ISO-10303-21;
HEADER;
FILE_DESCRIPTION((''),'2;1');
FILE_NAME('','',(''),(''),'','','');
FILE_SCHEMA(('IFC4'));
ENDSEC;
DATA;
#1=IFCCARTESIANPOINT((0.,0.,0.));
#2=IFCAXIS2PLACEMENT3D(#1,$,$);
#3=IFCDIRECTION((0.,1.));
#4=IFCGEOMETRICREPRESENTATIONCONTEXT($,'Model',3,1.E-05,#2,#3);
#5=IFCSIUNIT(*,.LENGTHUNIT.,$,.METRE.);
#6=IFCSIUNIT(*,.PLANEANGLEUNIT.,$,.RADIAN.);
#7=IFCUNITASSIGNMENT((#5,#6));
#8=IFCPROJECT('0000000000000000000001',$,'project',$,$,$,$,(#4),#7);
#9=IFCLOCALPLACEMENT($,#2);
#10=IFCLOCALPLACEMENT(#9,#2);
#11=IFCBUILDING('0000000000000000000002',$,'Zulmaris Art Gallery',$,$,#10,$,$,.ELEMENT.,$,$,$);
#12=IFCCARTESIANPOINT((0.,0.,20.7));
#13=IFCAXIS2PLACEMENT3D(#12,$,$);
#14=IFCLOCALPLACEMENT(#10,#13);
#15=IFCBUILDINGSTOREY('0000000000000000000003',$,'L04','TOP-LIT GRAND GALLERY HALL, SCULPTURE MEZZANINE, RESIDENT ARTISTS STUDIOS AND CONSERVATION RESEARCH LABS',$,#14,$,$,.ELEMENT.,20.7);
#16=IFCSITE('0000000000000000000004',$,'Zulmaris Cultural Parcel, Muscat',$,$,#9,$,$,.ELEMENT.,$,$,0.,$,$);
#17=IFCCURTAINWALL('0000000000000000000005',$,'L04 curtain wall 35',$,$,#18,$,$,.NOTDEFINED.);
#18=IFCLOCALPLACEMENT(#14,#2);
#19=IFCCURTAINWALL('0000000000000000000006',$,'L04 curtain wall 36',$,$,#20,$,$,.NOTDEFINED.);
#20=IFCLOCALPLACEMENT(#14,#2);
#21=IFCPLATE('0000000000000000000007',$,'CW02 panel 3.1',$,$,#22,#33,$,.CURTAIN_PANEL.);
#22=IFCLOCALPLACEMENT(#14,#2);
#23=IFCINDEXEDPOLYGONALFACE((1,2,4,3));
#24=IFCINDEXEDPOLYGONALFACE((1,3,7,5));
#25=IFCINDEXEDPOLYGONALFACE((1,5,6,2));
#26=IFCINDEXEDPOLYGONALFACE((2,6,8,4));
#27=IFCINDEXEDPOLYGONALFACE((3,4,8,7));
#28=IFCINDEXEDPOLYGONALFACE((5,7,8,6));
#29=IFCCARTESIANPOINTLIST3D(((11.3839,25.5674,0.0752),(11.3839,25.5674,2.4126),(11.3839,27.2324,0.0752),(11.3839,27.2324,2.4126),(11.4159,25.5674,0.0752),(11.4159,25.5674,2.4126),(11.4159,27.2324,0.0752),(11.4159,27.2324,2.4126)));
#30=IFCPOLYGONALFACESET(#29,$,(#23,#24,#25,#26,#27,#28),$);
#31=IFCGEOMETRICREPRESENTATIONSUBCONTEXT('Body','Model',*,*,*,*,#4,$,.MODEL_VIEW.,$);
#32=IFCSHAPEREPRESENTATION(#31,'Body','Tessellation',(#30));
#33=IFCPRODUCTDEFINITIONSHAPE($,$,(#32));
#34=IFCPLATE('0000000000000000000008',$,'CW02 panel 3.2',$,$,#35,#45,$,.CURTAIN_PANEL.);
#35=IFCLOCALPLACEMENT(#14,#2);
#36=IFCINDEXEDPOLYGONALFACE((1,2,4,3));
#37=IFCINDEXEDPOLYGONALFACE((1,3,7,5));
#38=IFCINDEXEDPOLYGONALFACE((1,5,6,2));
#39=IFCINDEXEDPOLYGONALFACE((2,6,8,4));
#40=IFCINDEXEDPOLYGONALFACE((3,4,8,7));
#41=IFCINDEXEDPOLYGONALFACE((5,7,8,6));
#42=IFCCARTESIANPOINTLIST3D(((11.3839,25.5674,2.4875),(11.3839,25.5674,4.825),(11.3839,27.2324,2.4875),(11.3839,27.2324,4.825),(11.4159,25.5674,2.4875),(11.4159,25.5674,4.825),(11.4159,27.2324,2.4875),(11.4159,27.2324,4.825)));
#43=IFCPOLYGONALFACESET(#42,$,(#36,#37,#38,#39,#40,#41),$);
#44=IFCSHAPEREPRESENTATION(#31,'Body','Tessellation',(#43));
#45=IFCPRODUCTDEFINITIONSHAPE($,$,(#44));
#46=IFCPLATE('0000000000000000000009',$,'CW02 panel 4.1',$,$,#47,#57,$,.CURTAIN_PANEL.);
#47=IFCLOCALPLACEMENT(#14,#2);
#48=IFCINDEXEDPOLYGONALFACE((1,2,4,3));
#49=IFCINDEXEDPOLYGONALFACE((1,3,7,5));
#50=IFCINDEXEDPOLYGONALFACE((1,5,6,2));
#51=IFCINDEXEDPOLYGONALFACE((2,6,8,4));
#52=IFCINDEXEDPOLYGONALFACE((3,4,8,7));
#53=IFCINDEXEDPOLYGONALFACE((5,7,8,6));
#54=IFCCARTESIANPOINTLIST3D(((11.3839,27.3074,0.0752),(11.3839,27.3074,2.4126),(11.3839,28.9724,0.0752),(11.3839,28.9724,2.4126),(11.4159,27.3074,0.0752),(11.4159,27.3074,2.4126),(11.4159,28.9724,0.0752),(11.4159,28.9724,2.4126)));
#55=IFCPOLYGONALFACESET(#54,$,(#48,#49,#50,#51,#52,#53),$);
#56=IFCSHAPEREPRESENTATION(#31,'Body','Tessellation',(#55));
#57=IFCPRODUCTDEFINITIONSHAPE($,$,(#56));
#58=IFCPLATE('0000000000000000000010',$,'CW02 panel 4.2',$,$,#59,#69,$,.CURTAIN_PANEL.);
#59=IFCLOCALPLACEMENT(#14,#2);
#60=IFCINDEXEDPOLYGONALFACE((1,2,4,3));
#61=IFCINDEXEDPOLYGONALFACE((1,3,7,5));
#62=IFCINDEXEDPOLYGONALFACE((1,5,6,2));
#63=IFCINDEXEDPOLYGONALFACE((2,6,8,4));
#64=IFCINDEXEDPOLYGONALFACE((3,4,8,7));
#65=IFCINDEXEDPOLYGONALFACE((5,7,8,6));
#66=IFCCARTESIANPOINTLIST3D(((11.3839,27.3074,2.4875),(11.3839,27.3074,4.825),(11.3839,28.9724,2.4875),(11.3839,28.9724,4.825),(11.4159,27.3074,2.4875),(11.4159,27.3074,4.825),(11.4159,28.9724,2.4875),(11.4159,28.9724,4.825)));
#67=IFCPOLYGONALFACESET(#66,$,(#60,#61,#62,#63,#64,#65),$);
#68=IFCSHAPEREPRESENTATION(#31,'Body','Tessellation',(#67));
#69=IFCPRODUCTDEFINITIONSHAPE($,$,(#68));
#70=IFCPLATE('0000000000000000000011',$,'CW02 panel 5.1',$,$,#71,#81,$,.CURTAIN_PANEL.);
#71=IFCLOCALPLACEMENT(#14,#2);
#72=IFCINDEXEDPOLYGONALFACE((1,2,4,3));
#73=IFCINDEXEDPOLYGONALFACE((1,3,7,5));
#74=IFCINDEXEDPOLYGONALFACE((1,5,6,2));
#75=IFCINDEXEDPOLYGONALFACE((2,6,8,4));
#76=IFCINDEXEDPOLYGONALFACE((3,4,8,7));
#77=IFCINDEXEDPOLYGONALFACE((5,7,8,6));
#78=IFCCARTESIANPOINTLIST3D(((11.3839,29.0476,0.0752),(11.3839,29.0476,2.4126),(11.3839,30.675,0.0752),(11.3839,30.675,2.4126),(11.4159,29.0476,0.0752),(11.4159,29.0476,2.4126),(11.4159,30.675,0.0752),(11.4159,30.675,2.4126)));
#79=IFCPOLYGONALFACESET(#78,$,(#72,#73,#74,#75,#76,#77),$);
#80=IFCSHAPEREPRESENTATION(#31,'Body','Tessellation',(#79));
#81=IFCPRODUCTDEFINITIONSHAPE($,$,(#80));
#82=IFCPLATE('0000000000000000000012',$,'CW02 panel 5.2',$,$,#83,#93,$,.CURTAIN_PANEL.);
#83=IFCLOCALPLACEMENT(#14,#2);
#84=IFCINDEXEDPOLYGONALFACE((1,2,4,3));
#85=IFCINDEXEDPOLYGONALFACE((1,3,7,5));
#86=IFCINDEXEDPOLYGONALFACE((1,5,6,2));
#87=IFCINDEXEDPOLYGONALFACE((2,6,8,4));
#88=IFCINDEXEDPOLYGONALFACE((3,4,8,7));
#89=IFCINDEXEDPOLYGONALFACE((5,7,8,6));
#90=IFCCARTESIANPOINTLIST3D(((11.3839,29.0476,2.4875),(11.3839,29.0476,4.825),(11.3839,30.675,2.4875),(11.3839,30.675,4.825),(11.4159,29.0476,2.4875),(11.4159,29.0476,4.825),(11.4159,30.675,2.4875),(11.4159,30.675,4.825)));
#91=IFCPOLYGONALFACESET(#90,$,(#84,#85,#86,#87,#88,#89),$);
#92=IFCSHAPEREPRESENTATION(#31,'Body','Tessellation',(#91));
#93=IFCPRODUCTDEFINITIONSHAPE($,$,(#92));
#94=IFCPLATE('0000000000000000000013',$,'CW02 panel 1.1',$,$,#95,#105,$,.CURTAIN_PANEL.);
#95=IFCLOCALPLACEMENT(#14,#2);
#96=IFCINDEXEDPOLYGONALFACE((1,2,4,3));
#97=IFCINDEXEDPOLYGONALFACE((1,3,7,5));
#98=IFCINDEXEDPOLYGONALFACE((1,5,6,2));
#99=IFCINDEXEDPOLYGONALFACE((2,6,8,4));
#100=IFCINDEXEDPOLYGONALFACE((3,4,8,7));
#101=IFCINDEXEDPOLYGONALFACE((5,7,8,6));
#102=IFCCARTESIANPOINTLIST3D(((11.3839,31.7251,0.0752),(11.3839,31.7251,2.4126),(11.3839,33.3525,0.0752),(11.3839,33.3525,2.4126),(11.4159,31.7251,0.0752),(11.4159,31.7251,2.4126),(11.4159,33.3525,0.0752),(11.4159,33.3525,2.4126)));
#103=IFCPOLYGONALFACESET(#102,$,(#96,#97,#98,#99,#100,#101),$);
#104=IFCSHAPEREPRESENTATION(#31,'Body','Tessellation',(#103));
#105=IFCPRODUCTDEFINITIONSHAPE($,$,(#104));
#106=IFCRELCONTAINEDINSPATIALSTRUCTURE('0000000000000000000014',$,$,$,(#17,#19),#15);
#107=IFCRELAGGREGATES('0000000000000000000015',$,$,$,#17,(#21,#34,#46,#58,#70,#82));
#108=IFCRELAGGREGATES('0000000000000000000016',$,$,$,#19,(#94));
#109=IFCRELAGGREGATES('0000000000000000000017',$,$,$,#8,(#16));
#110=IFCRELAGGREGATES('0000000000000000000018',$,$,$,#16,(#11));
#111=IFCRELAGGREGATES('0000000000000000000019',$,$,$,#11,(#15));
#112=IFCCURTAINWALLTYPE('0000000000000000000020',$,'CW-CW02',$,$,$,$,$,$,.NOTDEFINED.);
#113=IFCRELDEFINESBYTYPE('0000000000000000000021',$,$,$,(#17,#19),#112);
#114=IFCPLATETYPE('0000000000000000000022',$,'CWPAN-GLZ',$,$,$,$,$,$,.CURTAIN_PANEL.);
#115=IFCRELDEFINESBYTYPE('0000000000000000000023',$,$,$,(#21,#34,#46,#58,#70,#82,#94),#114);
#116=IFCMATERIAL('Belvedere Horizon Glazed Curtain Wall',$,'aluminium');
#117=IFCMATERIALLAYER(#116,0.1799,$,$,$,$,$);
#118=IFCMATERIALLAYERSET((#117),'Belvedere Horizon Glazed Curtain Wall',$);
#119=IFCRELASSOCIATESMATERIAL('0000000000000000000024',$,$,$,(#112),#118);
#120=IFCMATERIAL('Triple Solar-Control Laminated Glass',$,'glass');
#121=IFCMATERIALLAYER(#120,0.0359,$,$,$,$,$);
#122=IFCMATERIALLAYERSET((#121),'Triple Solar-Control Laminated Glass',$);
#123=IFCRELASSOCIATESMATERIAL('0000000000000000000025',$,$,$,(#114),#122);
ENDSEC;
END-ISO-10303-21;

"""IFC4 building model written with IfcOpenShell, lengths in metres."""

from ifc_helpers import new_model, si_unit, direction, frame, origin, origin_2d, place, context, subcontext, project, spatial, rectangle, extrude, material, layer, layer_set, type_object, element, aggregate, save


model = new_model("IFC4")

# Units and contexts
model_context = context("Model", 3, precision=1e-05, world=origin(), true_north=direction((0.0, 1.0)))
body_context = subcontext(model_context, "Body", "Model", "MODEL_VIEW")
ifc_project = project(units=[si_unit("LENGTHUNIT", "METRE"), si_unit("PLANEANGLEUNIT", "RADIAN")], contexts=[model_context])

# Site, building, storey
site_placement = place(None, origin())
site = spatial("IfcSite", under=ifc_project, at=site_placement, Name="Zulmaris Cultural Parcel, Muscat", CompositionType="ELEMENT", RefElevation=0.0)
building_placement = place(site_placement, origin())
building = spatial("IfcBuilding", under=site, at=building_placement, Name="Zulmaris Art Gallery", CompositionType="ELEMENT")
storey_placement = place(building_placement, frame((0.0, 0.0, 20.7)))
storey = spatial("IfcBuildingStorey", under=building, at=storey_placement, Name="L04", Description="TOP-LIT GRAND GALLERY HALL, SCULPTURE MEZZANINE, RESIDENT ARTISTS STUDIOS AND CONSERVATION RESEARCH LABS", CompositionType="ELEMENT", Elevation=20.7)

# Curtain wall
ifc_material_1 = material(Name="Belvedere Horizon Glazed Curtain Wall", Category="aluminium")
ifc_layer_1 = layer(ifc_material_1, 0.1799)
ifc_layer_set_1 = layer_set([ifc_layer_1], Name="Belvedere Horizon Glazed Curtain Wall")
curtain_wall_type = type_object("IfcCurtainWallType", Name="CW-CW02", PredefinedType="NOTDEFINED", material=ifc_layer_set_1)
curtain_wall_1_placement = place(storey_placement, origin())
curtain_wall_1 = element("IfcCurtainWall", 1, at=curtain_wall_1_placement, inside=storey, type_object=curtain_wall_type, Name="L04 curtain wall 35", PredefinedType="NOTDEFINED")

# Curtain wall
curtain_wall_2_placement = place(storey_placement, origin())
curtain_wall_2 = element("IfcCurtainWall", 2, at=curtain_wall_2_placement, inside=storey, type_object=curtain_wall_type, Name="L04 curtain wall 36", PredefinedType="NOTDEFINED")

# Plates
ifc_material_2 = material(Name="Triple Solar-Control Laminated Glass", Category="glass")
ifc_layer_2 = layer(ifc_material_2, 0.0359)
ifc_layer_set_2 = layer_set([ifc_layer_2], Name="Triple Solar-Control Laminated Glass")
plate_type = type_object("IfcPlateType", Name="CWPAN-GLZ", PredefinedType="CURTAIN_PANEL", material=ifc_layer_set_2)
plate_1_placement = place(storey_placement, frame((11.3999, 26.3999, 0.0752), z_axis=(0.0, 0.0, 1.0), x_axis=(0.0, 1.0, 0.0)))
plate_1 = element("IfcPlate", 3, at=plate_1_placement, type_object=plate_type, Name="CW02 panel 3.1", PredefinedType="CURTAIN_PANEL", context=body_context, shape_type="SweptSolid", body=[
    extrude(rectangle(XDim=1.665, YDim=0.032, at=origin_2d()), origin(), (0.0, 0.0, 1.0), 2.3374),
])
plate_2_placement = place(storey_placement, frame((11.3999, 26.3999, 2.4875), z_axis=(0.0, 0.0, 1.0), x_axis=(0.0, 1.0, 0.0)))
plate_2 = element("IfcPlate", 4, at=plate_2_placement, type_object=plate_type, Name="CW02 panel 3.2", PredefinedType="CURTAIN_PANEL", context=body_context, shape_type="SweptSolid", body=[
    extrude(rectangle(XDim=1.665, YDim=0.032, at=origin_2d()), origin(), (0.0, 0.0, 1.0), 2.3374),
])
plate_3_placement = place(storey_placement, frame((11.3999, 28.1399, 0.0752), z_axis=(0.0, 0.0, 1.0), x_axis=(0.0, 1.0, 0.0)))
plate_3 = element("IfcPlate", 5, at=plate_3_placement, type_object=plate_type, Name="CW02 panel 4.1", PredefinedType="CURTAIN_PANEL", context=body_context, shape_type="SweptSolid", body=[
    extrude(rectangle(XDim=1.665, YDim=0.032, at=origin_2d()), origin(), (0.0, 0.0, 1.0), 2.3374),
])
plate_4_placement = place(storey_placement, frame((11.3999, 28.1399, 2.4875), z_axis=(0.0, 0.0, 1.0), x_axis=(0.0, 1.0, 0.0)))
plate_4 = element("IfcPlate", 6, at=plate_4_placement, type_object=plate_type, Name="CW02 panel 4.2", PredefinedType="CURTAIN_PANEL", context=body_context, shape_type="SweptSolid", body=[
    extrude(rectangle(XDim=1.665, YDim=0.032, at=origin_2d()), origin(), (0.0, 0.0, 1.0), 2.3374),
])
plate_5_placement = place(storey_placement, frame((11.3999, 29.8613, 0.0752), z_axis=(0.0, 0.0, 1.0), x_axis=(0.0, 1.0, 0.0)))
plate_5 = element("IfcPlate", 7, at=plate_5_placement, type_object=plate_type, Name="CW02 panel 5.1", PredefinedType="CURTAIN_PANEL", context=body_context, shape_type="SweptSolid", body=[
    extrude(rectangle(XDim=1.6274, YDim=0.032, at=origin_2d()), origin(), (0.0, 0.0, 1.0), 2.3374),
])
plate_6_placement = place(storey_placement, frame((11.3999, 29.8613, 2.4875), z_axis=(0.0, 0.0, 1.0), x_axis=(0.0, 1.0, 0.0)))
plate_6 = element("IfcPlate", 8, at=plate_6_placement, type_object=plate_type, Name="CW02 panel 5.2", PredefinedType="CURTAIN_PANEL", context=body_context, shape_type="SweptSolid", body=[
    extrude(rectangle(XDim=1.6274, YDim=0.032, at=origin_2d()), origin(), (0.0, 0.0, 1.0), 2.3374),
])
aggregate(curtain_wall_1, [plate_1, plate_2, plate_3, plate_4, plate_5, plate_6])
plate_7_placement = place(storey_placement, frame((11.3999, 32.5388, 0.0752), z_axis=(0.0, 0.0, 1.0), x_axis=(0.0, 1.0, 0.0)))
plate_7 = element("IfcPlate", 9, at=plate_7_placement, type_object=plate_type, Name="CW02 panel 1.1", PredefinedType="CURTAIN_PANEL", context=body_context, shape_type="SweptSolid", body=[
    extrude(rectangle(XDim=1.6274, YDim=0.032, at=origin_2d()), origin(), (0.0, 0.0, 1.0), 2.3374),
])
aggregate(curtain_wall_2, [plate_7])

save(model, "model.ifc")
